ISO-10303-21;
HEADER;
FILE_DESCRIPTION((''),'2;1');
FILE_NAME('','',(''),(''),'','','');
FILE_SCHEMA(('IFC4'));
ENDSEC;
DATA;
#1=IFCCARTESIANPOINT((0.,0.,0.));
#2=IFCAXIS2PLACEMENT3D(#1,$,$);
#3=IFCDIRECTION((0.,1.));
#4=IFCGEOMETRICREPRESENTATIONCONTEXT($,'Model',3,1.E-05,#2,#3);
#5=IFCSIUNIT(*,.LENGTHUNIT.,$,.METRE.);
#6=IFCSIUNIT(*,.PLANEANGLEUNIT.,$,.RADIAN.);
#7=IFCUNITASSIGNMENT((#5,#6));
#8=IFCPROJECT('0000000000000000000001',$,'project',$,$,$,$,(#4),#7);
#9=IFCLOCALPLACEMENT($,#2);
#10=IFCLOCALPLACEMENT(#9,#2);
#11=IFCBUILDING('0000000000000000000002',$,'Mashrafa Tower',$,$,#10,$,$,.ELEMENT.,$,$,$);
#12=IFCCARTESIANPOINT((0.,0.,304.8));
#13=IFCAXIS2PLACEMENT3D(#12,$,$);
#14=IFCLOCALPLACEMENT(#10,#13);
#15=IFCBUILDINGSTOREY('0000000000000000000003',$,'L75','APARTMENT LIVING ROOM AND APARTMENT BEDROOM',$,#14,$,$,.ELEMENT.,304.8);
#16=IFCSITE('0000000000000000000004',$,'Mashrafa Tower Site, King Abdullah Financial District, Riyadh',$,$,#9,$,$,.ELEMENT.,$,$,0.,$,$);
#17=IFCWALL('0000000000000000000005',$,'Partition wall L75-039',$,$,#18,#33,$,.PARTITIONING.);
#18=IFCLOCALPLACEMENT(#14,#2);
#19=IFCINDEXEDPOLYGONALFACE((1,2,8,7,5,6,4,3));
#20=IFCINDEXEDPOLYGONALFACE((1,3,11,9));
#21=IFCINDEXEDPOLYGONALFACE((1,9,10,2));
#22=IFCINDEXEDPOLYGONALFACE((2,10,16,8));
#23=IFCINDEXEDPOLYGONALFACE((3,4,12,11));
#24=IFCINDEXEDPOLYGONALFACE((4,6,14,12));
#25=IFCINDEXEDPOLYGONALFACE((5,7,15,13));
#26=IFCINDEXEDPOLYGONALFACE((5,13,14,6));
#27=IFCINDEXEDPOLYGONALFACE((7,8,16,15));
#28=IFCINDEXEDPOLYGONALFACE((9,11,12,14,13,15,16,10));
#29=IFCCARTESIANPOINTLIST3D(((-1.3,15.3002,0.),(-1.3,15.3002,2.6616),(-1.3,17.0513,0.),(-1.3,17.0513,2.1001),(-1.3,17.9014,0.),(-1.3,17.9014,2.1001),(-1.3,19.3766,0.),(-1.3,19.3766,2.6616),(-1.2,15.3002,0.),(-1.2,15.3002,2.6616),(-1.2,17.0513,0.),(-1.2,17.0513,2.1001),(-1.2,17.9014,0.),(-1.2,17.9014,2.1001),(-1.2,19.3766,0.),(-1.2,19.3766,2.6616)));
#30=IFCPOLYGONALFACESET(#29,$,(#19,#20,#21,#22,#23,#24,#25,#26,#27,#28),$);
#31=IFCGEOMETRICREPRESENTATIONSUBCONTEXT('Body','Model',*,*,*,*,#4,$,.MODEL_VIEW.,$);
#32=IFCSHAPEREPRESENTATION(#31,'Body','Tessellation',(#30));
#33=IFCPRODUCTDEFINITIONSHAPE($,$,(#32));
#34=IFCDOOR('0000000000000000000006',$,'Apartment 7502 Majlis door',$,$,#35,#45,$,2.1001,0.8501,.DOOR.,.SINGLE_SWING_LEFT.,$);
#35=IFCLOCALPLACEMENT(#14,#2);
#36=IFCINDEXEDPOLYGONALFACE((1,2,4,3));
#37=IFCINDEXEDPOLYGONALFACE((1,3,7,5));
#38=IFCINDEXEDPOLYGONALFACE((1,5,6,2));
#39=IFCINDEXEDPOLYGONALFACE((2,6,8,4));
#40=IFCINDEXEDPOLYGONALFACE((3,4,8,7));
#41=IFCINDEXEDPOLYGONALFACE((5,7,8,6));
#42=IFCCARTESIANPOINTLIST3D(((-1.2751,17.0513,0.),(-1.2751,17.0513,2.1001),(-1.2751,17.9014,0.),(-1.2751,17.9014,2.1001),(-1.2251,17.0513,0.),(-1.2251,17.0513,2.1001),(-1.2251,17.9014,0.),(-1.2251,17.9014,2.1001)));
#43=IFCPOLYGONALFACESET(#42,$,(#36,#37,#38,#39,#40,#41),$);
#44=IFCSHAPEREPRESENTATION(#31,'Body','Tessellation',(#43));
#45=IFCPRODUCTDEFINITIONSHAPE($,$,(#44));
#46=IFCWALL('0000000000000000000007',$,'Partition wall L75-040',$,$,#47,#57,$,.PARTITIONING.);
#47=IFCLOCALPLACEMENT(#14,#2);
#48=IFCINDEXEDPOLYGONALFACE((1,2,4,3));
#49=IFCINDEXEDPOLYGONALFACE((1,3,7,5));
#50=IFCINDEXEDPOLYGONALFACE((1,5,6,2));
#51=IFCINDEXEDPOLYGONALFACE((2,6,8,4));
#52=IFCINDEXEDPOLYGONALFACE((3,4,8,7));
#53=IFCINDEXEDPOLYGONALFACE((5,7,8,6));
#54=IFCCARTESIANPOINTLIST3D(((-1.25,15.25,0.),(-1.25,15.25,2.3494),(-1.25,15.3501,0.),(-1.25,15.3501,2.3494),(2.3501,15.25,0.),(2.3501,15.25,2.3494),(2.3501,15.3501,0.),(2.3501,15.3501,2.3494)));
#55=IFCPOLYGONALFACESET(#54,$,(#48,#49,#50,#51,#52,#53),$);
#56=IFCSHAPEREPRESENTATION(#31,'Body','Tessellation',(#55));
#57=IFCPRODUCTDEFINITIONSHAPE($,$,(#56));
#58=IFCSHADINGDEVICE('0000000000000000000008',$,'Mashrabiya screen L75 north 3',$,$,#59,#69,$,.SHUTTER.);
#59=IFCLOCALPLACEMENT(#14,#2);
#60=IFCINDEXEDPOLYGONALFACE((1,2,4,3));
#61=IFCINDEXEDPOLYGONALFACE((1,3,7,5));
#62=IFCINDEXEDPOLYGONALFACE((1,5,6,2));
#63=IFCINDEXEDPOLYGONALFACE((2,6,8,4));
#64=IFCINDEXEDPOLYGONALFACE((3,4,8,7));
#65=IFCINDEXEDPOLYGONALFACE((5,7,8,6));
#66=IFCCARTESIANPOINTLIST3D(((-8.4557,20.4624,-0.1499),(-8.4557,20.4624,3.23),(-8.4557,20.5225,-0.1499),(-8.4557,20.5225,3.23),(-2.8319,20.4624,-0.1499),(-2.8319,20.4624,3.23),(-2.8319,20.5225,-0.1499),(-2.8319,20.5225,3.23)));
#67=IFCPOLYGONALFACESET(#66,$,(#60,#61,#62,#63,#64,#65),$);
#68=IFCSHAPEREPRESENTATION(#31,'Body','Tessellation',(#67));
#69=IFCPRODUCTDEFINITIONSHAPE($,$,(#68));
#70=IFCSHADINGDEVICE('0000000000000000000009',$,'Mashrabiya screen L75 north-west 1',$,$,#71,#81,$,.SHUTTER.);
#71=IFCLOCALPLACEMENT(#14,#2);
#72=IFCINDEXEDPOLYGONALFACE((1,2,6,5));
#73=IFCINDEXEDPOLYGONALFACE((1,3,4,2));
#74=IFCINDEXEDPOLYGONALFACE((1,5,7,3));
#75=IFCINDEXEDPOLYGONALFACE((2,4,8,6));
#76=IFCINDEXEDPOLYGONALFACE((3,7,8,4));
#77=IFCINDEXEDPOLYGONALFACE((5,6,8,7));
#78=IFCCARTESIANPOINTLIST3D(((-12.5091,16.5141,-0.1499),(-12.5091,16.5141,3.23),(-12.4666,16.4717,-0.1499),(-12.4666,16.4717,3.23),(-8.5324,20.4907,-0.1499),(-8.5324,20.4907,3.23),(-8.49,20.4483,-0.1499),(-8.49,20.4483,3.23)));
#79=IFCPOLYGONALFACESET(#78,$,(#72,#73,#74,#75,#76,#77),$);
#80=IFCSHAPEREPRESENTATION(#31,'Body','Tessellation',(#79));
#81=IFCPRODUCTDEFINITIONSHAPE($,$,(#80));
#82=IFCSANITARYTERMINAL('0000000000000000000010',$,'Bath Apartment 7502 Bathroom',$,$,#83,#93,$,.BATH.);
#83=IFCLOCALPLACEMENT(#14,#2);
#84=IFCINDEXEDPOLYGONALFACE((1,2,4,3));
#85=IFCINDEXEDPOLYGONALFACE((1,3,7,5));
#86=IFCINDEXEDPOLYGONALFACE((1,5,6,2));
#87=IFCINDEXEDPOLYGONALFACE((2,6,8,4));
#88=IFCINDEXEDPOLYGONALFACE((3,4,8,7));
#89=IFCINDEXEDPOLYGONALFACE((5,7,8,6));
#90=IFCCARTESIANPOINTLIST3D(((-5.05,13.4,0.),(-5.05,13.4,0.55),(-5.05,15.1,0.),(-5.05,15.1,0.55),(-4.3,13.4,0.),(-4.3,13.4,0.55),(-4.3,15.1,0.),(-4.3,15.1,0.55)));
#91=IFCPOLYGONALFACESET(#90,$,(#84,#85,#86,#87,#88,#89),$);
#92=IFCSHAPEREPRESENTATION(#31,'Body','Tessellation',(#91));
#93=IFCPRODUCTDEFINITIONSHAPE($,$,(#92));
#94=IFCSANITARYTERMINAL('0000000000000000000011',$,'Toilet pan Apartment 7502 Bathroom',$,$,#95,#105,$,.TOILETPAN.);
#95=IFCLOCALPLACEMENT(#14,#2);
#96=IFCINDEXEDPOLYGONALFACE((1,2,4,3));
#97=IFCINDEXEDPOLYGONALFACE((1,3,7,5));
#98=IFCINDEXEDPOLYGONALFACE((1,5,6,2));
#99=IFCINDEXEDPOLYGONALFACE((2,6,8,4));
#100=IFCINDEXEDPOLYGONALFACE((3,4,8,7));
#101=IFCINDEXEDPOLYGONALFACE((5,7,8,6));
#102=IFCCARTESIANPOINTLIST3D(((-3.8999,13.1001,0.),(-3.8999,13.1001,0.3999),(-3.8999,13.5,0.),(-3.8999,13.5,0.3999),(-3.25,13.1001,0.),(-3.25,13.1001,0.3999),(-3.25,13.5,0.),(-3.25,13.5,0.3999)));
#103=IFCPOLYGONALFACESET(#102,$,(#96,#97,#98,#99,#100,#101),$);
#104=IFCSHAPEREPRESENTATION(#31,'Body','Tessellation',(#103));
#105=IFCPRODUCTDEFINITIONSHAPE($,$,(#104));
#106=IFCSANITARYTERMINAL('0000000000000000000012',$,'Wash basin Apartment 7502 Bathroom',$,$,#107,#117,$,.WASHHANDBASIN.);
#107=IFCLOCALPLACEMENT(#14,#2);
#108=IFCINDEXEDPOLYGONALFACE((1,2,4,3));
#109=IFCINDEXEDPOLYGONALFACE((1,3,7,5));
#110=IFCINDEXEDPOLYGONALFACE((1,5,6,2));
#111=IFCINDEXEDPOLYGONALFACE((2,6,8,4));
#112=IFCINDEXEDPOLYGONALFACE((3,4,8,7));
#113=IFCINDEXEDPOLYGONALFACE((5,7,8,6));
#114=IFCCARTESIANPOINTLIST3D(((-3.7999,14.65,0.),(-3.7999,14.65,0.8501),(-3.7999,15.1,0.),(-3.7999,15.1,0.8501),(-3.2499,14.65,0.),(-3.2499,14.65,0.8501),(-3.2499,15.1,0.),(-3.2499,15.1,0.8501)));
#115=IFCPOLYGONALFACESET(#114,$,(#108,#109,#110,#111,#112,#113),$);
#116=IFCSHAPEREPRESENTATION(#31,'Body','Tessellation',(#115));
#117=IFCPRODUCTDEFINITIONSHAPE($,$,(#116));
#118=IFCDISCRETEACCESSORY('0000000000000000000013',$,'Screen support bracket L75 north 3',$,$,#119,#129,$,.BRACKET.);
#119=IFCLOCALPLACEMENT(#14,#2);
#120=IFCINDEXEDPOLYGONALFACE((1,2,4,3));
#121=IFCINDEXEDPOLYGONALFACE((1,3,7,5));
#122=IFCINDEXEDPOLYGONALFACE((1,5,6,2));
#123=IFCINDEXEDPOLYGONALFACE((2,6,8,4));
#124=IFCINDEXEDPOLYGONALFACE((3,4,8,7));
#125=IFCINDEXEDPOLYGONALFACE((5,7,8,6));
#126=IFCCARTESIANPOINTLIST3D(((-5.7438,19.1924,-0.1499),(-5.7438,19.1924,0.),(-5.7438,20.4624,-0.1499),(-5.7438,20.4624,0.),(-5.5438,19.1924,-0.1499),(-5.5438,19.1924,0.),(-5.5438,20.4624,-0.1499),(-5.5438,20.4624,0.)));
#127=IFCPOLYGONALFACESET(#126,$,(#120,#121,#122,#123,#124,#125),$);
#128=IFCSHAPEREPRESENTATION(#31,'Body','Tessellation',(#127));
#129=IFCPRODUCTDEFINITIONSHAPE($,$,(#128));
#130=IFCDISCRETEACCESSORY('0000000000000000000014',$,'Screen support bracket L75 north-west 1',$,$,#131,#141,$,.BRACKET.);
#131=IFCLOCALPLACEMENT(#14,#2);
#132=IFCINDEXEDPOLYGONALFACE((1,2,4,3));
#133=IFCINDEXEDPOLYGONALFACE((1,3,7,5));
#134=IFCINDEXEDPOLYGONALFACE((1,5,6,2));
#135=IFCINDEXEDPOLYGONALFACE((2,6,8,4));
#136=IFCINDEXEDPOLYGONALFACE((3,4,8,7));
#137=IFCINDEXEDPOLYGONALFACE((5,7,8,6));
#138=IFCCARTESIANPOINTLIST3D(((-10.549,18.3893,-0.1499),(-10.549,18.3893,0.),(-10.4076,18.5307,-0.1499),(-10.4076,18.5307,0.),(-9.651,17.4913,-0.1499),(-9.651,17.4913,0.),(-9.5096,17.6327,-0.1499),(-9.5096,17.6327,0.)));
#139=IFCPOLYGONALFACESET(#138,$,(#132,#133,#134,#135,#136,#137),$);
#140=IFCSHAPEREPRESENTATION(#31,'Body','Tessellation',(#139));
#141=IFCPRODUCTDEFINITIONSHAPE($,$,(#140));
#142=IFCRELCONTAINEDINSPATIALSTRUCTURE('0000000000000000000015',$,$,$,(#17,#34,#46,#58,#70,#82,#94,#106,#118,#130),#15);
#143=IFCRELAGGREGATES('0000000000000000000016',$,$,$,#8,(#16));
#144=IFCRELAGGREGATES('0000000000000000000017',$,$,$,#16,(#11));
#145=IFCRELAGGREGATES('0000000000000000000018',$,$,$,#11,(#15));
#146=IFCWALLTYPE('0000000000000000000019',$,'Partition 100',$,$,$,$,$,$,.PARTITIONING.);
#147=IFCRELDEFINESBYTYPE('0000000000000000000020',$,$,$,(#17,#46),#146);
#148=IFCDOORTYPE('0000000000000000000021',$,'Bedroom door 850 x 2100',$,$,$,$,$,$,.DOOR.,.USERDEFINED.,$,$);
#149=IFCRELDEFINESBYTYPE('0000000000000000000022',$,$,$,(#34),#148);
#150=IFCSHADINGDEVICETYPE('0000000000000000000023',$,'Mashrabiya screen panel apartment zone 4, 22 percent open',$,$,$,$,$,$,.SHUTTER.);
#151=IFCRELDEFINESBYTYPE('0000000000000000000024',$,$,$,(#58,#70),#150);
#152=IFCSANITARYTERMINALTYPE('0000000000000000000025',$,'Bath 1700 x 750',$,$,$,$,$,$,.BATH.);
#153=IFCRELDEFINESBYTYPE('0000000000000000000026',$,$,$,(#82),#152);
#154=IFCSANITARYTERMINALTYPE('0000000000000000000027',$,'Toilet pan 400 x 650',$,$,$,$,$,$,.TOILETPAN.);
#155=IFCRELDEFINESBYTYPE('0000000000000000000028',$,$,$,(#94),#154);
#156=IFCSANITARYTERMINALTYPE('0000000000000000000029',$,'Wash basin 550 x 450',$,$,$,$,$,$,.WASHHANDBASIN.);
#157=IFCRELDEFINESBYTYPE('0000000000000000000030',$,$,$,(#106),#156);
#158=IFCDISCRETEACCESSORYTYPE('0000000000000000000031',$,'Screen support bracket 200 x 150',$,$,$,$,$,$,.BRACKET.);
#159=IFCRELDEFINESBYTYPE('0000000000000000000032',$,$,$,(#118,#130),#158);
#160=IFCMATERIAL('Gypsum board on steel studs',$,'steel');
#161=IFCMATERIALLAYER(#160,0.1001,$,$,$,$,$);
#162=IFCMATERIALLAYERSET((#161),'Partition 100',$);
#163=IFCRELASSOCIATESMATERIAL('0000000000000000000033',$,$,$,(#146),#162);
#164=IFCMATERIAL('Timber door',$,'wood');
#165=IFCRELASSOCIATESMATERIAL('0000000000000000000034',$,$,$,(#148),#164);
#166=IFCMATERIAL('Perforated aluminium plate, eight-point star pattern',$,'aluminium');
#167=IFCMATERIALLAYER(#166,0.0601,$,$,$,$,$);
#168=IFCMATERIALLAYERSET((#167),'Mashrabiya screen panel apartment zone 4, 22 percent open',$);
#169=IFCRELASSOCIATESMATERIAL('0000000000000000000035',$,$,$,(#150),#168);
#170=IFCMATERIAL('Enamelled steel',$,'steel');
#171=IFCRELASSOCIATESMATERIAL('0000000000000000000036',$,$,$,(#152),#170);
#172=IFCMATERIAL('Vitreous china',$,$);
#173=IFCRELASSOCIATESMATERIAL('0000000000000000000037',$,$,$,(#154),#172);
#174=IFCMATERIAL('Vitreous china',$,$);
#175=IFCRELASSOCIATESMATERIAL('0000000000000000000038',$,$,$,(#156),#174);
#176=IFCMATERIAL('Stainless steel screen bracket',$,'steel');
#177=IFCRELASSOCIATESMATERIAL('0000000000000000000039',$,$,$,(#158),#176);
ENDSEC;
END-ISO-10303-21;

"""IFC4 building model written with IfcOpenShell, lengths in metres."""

from ifc_helpers import new_model, si_unit, direction, frame, frame_2d, origin, origin_2d, place, context, subcontext, project, spatial, rectangle, extrude, source, transform, mapped, material, layer, layer_set, type_object, type_shapes, element, fill, save


model = new_model("IFC4")

# Units and contexts
model_context = context("Model", 3, precision=1e-05, world=origin(), true_north=direction((0.0, 1.0)))
body_context = subcontext(model_context, "Body", "Model", "MODEL_VIEW")
ifc_project = project(units=[si_unit("LENGTHUNIT", "METRE"), si_unit("PLANEANGLEUNIT", "RADIAN")], contexts=[model_context])

# Site, building, storey
site_placement = place(None, origin())
site = spatial("IfcSite", under=ifc_project, at=site_placement, Name="Mashrafa Tower Site, King Abdullah Financial District, Riyadh", CompositionType="ELEMENT", RefElevation=0.0)
building_placement = place(site_placement, origin())
building = spatial("IfcBuilding", under=site, at=building_placement, Name="Mashrafa Tower", CompositionType="ELEMENT")
storey_placement = place(building_placement, frame((0.0, 0.0, 304.8)))
storey = spatial("IfcBuildingStorey", under=building, at=storey_placement, Name="L75", Description="APARTMENT LIVING ROOM AND APARTMENT BEDROOM", CompositionType="ELEMENT", Elevation=304.8)

# Shared definitions
ifc_material_1 = material(Name="Gypsum board on steel studs", Category="steel")
ifc_layer_1 = layer(ifc_material_1, 0.1001)
ifc_layer_set_1 = layer_set([ifc_layer_1], Name="Partition 100")
wall_type = type_object("IfcWallType", Name="Partition 100", PredefinedType="PARTITIONING", material=ifc_layer_set_1)

# Wall, opening, door
wall_1_placement = place(storey_placement, frame((-1.25, 19.3765, 0.0), z_axis=(0.0, 0.0, 1.0), x_axis=(0.0, -1.0, 0.0)))
wall_1 = element("IfcWall", 1, at=wall_1_placement, inside=storey, type_object=wall_type, Name="Partition wall L75-039", PredefinedType="PARTITIONING", context=body_context, shape_type="SweptSolid", body=[
    extrude(rectangle(XDim=4.0764, YDim=0.1001, at=frame_2d((2.0381, 0.0))), origin(), (0.0, 0.0, 1.0), 2.6616),
])
opening_placement = place(wall_1_placement, frame((1.4751, 0.0, 0.0)))
opening = element("IfcOpeningElement", 2, at=opening_placement, cuts=wall_1, PredefinedType="OPENING", context=body_context, shape_type="SweptSolid", body=[
    extrude(rectangle(XDim=0.8501, YDim=2.1001, at=frame_2d((0.425, 1.05))), frame((0.0, 0.0601, 0.0), z_axis=(0.0, -1.0, 0.0), x_axis=(1.0, 0.0, 0.0)), (0.0, 0.0, 1.0), 0.1201),
])
ifc_material_2 = material(Name="Timber door", Category="wood")
door_type = type_object("IfcDoorType", Name="Bedroom door 850 x 2100", OperationType="USERDEFINED", PredefinedType="DOOR", material=ifc_material_2)
door_placement = place(opening_placement, origin())
door = element("IfcDoor", 3, at=door_placement, inside=storey, type_object=door_type, Name="Apartment 7502 Majlis door", OperationType="SINGLE_SWING_LEFT", OverallHeight=2.1001, OverallWidth=0.8501, PredefinedType="DOOR", context=body_context, shape_type="SweptSolid", body=[
    extrude(rectangle(XDim=0.8501, YDim=2.1001, at=frame_2d((0.425, 1.05))), frame((0.0, 0.0249, 0.0), z_axis=(0.0, -1.0, 0.0), x_axis=(1.0, 0.0, 0.0)), (0.0, 0.0, 1.0), 0.05),
])
fill(opening, door)

# Wall
wall_2_placement = place(storey_placement, frame((-1.25, 15.3, 0.0), z_axis=(0.0, 0.0, 1.0), x_axis=(1.0, 0.0, 0.0)))
element("IfcWall", 4, at=wall_2_placement, inside=storey, type_object=wall_type, Name="Partition wall L75-040", PredefinedType="PARTITIONING", context=body_context, shape_type="SweptSolid", body=[
    extrude(rectangle(XDim=3.6001, YDim=0.1001, at=frame_2d((1.8, 0.0))), origin(), (0.0, 0.0, 1.0), 2.3494),
])

# Shading devices
ifc_material_3 = material(Name="Perforated aluminium plate, eight-point star pattern", Category="aluminium")
ifc_layer_2 = layer(ifc_material_3, 0.0601)
ifc_layer_set_2 = layer_set([ifc_layer_2], Name="Mashrabiya screen panel apartment zone 4, 22 percent open")
shading_device_type = type_object("IfcShadingDeviceType", Name="Mashrabiya screen panel apartment zone 4, 22 percent open", PredefinedType="SHUTTER", material=ifc_layer_set_2)
shared_shape_1 = source(origin(), body_context, "Body", "SweptSolid", [
    extrude(rectangle(XDim=5.6238, YDim=0.0601, at=origin_2d()), origin(), (0.0, 0.0, 1.0), 3.3799),
])
type_shapes(shading_device_type, [shared_shape_1])
for number, where, z_axis, x_axis, name in (
    (5, (-5.6438, 20.4924, -0.1499), (0.0, 0.0, 1.0), (-1.0, 0.0, 0.0), "Mashrabiya screen L75 north 3"),
    (6, (-10.4995, 18.4812, -0.1499), (0.0, 0.0, 1.0), (-0.707107, -0.707107, 0.0), "Mashrabiya screen L75 north-west 1"),
):
    element("IfcShadingDevice", number, at=place(storey_placement, frame(where, z_axis=z_axis, x_axis=x_axis)), inside=storey, type_object=shading_device_type, Name=name, PredefinedType="SHUTTER", context=body_context, shape_type="MappedRepresentation", body=[
        mapped(shared_shape_1, transform((0.0, 0.0, 0.0))),
    ])

# Sanitary terminals
ifc_material_4 = material(Name="Enamelled steel", Category="steel")
sanitary_terminal_type_1 = type_object("IfcSanitaryTerminalType", Name="Bath 1700 x 750", PredefinedType="BATH", material=ifc_material_4)
sanitary_terminal_1_placement = place(storey_placement, frame((-4.675, 14.25, 0.0), z_axis=(0.0, 0.0, 1.0), x_axis=(0.0, -1.0, 0.0)))
element("IfcSanitaryTerminal", 7, at=sanitary_terminal_1_placement, inside=storey, type_object=sanitary_terminal_type_1, Name="Bath Apartment 7502 Bathroom", PredefinedType="BATH", context=body_context, shape_type="SweptSolid", body=[
    extrude(rectangle(XDim=1.7, YDim=0.75, at=origin_2d()), origin(), (0.0, 0.0, 1.0), 0.55),
])
ifc_material_5 = material(Name="Vitreous china")
sanitary_terminal_type_2 = type_object("IfcSanitaryTerminalType", Name="Toilet pan 400 x 650", PredefinedType="TOILETPAN", material=ifc_material_5)
sanitary_terminal_2_placement = place(storey_placement, frame((-3.575, 13.3, 0.0), z_axis=(0.0, 0.0, 1.0), x_axis=(0.0, 1.0, 0.0)))
element("IfcSanitaryTerminal", 8, at=sanitary_terminal_2_placement, inside=storey, type_object=sanitary_terminal_type_2, Name="Toilet pan Apartment 7502 Bathroom", PredefinedType="TOILETPAN", context=body_context, shape_type="SweptSolid", body=[
    extrude(rectangle(XDim=0.3999, YDim=0.6499, at=origin_2d()), origin(), (0.0, 0.0, 1.0), 0.3999),
])
ifc_material_6 = material(Name="Vitreous china")
sanitary_terminal_type_3 = type_object("IfcSanitaryTerminalType", Name="Wash basin 550 x 450", PredefinedType="WASHHANDBASIN", material=ifc_material_6)
sanitary_terminal_3_placement = place(storey_placement, frame((-3.5249, 14.875, 0.0), z_axis=(0.0, 0.0, 1.0), x_axis=(-1.0, 0.0, 0.0)))
element("IfcSanitaryTerminal", 9, at=sanitary_terminal_3_placement, inside=storey, type_object=sanitary_terminal_type_3, Name="Wash basin Apartment 7502 Bathroom", PredefinedType="WASHHANDBASIN", context=body_context, shape_type="SweptSolid", body=[
    extrude(rectangle(XDim=0.55, YDim=0.45, at=origin_2d()), origin(), (0.0, 0.0, 1.0), 0.8501),
])

# Discrete accessories
ifc_material_7 = material(Name="Stainless steel screen bracket", Category="steel")
discrete_accessory_type = type_object("IfcDiscreteAccessoryType", Name="Screen support bracket 200 x 150", PredefinedType="BRACKET", material=ifc_material_7)
shared_shape_2 = source(origin(), body_context, "Body", "SweptSolid", [
    extrude(rectangle(XDim=0.2, YDim=1.27, at=origin_2d()), origin(), (0.0, 0.0, 1.0), 0.1499),
])
type_shapes(discrete_accessory_type, [shared_shape_2])
for number, where, z_axis, x_axis, name in (
    (10, (-5.6438, 19.8274, -0.1499), (0.0, 0.0, 1.0), (-1.0, 0.0, 0.0), "Screen support bracket L75 north 3"),
    (11, (-10.0293, 18.011, -0.1499), (0.0, 0.0, 1.0), (-0.707107, -0.707107, 0.0), "Screen support bracket L75 north-west 1"),
):
    element("IfcDiscreteAccessory", number, at=place(storey_placement, frame(where, z_axis=z_axis, x_axis=x_axis)), inside=storey, type_object=discrete_accessory_type, Name=name, PredefinedType="BRACKET", context=body_context, shape_type="MappedRepresentation", body=[
        mapped(shared_shape_2, transform((0.0, 0.0, 0.0))),
    ])

save(model, "model.ifc")
